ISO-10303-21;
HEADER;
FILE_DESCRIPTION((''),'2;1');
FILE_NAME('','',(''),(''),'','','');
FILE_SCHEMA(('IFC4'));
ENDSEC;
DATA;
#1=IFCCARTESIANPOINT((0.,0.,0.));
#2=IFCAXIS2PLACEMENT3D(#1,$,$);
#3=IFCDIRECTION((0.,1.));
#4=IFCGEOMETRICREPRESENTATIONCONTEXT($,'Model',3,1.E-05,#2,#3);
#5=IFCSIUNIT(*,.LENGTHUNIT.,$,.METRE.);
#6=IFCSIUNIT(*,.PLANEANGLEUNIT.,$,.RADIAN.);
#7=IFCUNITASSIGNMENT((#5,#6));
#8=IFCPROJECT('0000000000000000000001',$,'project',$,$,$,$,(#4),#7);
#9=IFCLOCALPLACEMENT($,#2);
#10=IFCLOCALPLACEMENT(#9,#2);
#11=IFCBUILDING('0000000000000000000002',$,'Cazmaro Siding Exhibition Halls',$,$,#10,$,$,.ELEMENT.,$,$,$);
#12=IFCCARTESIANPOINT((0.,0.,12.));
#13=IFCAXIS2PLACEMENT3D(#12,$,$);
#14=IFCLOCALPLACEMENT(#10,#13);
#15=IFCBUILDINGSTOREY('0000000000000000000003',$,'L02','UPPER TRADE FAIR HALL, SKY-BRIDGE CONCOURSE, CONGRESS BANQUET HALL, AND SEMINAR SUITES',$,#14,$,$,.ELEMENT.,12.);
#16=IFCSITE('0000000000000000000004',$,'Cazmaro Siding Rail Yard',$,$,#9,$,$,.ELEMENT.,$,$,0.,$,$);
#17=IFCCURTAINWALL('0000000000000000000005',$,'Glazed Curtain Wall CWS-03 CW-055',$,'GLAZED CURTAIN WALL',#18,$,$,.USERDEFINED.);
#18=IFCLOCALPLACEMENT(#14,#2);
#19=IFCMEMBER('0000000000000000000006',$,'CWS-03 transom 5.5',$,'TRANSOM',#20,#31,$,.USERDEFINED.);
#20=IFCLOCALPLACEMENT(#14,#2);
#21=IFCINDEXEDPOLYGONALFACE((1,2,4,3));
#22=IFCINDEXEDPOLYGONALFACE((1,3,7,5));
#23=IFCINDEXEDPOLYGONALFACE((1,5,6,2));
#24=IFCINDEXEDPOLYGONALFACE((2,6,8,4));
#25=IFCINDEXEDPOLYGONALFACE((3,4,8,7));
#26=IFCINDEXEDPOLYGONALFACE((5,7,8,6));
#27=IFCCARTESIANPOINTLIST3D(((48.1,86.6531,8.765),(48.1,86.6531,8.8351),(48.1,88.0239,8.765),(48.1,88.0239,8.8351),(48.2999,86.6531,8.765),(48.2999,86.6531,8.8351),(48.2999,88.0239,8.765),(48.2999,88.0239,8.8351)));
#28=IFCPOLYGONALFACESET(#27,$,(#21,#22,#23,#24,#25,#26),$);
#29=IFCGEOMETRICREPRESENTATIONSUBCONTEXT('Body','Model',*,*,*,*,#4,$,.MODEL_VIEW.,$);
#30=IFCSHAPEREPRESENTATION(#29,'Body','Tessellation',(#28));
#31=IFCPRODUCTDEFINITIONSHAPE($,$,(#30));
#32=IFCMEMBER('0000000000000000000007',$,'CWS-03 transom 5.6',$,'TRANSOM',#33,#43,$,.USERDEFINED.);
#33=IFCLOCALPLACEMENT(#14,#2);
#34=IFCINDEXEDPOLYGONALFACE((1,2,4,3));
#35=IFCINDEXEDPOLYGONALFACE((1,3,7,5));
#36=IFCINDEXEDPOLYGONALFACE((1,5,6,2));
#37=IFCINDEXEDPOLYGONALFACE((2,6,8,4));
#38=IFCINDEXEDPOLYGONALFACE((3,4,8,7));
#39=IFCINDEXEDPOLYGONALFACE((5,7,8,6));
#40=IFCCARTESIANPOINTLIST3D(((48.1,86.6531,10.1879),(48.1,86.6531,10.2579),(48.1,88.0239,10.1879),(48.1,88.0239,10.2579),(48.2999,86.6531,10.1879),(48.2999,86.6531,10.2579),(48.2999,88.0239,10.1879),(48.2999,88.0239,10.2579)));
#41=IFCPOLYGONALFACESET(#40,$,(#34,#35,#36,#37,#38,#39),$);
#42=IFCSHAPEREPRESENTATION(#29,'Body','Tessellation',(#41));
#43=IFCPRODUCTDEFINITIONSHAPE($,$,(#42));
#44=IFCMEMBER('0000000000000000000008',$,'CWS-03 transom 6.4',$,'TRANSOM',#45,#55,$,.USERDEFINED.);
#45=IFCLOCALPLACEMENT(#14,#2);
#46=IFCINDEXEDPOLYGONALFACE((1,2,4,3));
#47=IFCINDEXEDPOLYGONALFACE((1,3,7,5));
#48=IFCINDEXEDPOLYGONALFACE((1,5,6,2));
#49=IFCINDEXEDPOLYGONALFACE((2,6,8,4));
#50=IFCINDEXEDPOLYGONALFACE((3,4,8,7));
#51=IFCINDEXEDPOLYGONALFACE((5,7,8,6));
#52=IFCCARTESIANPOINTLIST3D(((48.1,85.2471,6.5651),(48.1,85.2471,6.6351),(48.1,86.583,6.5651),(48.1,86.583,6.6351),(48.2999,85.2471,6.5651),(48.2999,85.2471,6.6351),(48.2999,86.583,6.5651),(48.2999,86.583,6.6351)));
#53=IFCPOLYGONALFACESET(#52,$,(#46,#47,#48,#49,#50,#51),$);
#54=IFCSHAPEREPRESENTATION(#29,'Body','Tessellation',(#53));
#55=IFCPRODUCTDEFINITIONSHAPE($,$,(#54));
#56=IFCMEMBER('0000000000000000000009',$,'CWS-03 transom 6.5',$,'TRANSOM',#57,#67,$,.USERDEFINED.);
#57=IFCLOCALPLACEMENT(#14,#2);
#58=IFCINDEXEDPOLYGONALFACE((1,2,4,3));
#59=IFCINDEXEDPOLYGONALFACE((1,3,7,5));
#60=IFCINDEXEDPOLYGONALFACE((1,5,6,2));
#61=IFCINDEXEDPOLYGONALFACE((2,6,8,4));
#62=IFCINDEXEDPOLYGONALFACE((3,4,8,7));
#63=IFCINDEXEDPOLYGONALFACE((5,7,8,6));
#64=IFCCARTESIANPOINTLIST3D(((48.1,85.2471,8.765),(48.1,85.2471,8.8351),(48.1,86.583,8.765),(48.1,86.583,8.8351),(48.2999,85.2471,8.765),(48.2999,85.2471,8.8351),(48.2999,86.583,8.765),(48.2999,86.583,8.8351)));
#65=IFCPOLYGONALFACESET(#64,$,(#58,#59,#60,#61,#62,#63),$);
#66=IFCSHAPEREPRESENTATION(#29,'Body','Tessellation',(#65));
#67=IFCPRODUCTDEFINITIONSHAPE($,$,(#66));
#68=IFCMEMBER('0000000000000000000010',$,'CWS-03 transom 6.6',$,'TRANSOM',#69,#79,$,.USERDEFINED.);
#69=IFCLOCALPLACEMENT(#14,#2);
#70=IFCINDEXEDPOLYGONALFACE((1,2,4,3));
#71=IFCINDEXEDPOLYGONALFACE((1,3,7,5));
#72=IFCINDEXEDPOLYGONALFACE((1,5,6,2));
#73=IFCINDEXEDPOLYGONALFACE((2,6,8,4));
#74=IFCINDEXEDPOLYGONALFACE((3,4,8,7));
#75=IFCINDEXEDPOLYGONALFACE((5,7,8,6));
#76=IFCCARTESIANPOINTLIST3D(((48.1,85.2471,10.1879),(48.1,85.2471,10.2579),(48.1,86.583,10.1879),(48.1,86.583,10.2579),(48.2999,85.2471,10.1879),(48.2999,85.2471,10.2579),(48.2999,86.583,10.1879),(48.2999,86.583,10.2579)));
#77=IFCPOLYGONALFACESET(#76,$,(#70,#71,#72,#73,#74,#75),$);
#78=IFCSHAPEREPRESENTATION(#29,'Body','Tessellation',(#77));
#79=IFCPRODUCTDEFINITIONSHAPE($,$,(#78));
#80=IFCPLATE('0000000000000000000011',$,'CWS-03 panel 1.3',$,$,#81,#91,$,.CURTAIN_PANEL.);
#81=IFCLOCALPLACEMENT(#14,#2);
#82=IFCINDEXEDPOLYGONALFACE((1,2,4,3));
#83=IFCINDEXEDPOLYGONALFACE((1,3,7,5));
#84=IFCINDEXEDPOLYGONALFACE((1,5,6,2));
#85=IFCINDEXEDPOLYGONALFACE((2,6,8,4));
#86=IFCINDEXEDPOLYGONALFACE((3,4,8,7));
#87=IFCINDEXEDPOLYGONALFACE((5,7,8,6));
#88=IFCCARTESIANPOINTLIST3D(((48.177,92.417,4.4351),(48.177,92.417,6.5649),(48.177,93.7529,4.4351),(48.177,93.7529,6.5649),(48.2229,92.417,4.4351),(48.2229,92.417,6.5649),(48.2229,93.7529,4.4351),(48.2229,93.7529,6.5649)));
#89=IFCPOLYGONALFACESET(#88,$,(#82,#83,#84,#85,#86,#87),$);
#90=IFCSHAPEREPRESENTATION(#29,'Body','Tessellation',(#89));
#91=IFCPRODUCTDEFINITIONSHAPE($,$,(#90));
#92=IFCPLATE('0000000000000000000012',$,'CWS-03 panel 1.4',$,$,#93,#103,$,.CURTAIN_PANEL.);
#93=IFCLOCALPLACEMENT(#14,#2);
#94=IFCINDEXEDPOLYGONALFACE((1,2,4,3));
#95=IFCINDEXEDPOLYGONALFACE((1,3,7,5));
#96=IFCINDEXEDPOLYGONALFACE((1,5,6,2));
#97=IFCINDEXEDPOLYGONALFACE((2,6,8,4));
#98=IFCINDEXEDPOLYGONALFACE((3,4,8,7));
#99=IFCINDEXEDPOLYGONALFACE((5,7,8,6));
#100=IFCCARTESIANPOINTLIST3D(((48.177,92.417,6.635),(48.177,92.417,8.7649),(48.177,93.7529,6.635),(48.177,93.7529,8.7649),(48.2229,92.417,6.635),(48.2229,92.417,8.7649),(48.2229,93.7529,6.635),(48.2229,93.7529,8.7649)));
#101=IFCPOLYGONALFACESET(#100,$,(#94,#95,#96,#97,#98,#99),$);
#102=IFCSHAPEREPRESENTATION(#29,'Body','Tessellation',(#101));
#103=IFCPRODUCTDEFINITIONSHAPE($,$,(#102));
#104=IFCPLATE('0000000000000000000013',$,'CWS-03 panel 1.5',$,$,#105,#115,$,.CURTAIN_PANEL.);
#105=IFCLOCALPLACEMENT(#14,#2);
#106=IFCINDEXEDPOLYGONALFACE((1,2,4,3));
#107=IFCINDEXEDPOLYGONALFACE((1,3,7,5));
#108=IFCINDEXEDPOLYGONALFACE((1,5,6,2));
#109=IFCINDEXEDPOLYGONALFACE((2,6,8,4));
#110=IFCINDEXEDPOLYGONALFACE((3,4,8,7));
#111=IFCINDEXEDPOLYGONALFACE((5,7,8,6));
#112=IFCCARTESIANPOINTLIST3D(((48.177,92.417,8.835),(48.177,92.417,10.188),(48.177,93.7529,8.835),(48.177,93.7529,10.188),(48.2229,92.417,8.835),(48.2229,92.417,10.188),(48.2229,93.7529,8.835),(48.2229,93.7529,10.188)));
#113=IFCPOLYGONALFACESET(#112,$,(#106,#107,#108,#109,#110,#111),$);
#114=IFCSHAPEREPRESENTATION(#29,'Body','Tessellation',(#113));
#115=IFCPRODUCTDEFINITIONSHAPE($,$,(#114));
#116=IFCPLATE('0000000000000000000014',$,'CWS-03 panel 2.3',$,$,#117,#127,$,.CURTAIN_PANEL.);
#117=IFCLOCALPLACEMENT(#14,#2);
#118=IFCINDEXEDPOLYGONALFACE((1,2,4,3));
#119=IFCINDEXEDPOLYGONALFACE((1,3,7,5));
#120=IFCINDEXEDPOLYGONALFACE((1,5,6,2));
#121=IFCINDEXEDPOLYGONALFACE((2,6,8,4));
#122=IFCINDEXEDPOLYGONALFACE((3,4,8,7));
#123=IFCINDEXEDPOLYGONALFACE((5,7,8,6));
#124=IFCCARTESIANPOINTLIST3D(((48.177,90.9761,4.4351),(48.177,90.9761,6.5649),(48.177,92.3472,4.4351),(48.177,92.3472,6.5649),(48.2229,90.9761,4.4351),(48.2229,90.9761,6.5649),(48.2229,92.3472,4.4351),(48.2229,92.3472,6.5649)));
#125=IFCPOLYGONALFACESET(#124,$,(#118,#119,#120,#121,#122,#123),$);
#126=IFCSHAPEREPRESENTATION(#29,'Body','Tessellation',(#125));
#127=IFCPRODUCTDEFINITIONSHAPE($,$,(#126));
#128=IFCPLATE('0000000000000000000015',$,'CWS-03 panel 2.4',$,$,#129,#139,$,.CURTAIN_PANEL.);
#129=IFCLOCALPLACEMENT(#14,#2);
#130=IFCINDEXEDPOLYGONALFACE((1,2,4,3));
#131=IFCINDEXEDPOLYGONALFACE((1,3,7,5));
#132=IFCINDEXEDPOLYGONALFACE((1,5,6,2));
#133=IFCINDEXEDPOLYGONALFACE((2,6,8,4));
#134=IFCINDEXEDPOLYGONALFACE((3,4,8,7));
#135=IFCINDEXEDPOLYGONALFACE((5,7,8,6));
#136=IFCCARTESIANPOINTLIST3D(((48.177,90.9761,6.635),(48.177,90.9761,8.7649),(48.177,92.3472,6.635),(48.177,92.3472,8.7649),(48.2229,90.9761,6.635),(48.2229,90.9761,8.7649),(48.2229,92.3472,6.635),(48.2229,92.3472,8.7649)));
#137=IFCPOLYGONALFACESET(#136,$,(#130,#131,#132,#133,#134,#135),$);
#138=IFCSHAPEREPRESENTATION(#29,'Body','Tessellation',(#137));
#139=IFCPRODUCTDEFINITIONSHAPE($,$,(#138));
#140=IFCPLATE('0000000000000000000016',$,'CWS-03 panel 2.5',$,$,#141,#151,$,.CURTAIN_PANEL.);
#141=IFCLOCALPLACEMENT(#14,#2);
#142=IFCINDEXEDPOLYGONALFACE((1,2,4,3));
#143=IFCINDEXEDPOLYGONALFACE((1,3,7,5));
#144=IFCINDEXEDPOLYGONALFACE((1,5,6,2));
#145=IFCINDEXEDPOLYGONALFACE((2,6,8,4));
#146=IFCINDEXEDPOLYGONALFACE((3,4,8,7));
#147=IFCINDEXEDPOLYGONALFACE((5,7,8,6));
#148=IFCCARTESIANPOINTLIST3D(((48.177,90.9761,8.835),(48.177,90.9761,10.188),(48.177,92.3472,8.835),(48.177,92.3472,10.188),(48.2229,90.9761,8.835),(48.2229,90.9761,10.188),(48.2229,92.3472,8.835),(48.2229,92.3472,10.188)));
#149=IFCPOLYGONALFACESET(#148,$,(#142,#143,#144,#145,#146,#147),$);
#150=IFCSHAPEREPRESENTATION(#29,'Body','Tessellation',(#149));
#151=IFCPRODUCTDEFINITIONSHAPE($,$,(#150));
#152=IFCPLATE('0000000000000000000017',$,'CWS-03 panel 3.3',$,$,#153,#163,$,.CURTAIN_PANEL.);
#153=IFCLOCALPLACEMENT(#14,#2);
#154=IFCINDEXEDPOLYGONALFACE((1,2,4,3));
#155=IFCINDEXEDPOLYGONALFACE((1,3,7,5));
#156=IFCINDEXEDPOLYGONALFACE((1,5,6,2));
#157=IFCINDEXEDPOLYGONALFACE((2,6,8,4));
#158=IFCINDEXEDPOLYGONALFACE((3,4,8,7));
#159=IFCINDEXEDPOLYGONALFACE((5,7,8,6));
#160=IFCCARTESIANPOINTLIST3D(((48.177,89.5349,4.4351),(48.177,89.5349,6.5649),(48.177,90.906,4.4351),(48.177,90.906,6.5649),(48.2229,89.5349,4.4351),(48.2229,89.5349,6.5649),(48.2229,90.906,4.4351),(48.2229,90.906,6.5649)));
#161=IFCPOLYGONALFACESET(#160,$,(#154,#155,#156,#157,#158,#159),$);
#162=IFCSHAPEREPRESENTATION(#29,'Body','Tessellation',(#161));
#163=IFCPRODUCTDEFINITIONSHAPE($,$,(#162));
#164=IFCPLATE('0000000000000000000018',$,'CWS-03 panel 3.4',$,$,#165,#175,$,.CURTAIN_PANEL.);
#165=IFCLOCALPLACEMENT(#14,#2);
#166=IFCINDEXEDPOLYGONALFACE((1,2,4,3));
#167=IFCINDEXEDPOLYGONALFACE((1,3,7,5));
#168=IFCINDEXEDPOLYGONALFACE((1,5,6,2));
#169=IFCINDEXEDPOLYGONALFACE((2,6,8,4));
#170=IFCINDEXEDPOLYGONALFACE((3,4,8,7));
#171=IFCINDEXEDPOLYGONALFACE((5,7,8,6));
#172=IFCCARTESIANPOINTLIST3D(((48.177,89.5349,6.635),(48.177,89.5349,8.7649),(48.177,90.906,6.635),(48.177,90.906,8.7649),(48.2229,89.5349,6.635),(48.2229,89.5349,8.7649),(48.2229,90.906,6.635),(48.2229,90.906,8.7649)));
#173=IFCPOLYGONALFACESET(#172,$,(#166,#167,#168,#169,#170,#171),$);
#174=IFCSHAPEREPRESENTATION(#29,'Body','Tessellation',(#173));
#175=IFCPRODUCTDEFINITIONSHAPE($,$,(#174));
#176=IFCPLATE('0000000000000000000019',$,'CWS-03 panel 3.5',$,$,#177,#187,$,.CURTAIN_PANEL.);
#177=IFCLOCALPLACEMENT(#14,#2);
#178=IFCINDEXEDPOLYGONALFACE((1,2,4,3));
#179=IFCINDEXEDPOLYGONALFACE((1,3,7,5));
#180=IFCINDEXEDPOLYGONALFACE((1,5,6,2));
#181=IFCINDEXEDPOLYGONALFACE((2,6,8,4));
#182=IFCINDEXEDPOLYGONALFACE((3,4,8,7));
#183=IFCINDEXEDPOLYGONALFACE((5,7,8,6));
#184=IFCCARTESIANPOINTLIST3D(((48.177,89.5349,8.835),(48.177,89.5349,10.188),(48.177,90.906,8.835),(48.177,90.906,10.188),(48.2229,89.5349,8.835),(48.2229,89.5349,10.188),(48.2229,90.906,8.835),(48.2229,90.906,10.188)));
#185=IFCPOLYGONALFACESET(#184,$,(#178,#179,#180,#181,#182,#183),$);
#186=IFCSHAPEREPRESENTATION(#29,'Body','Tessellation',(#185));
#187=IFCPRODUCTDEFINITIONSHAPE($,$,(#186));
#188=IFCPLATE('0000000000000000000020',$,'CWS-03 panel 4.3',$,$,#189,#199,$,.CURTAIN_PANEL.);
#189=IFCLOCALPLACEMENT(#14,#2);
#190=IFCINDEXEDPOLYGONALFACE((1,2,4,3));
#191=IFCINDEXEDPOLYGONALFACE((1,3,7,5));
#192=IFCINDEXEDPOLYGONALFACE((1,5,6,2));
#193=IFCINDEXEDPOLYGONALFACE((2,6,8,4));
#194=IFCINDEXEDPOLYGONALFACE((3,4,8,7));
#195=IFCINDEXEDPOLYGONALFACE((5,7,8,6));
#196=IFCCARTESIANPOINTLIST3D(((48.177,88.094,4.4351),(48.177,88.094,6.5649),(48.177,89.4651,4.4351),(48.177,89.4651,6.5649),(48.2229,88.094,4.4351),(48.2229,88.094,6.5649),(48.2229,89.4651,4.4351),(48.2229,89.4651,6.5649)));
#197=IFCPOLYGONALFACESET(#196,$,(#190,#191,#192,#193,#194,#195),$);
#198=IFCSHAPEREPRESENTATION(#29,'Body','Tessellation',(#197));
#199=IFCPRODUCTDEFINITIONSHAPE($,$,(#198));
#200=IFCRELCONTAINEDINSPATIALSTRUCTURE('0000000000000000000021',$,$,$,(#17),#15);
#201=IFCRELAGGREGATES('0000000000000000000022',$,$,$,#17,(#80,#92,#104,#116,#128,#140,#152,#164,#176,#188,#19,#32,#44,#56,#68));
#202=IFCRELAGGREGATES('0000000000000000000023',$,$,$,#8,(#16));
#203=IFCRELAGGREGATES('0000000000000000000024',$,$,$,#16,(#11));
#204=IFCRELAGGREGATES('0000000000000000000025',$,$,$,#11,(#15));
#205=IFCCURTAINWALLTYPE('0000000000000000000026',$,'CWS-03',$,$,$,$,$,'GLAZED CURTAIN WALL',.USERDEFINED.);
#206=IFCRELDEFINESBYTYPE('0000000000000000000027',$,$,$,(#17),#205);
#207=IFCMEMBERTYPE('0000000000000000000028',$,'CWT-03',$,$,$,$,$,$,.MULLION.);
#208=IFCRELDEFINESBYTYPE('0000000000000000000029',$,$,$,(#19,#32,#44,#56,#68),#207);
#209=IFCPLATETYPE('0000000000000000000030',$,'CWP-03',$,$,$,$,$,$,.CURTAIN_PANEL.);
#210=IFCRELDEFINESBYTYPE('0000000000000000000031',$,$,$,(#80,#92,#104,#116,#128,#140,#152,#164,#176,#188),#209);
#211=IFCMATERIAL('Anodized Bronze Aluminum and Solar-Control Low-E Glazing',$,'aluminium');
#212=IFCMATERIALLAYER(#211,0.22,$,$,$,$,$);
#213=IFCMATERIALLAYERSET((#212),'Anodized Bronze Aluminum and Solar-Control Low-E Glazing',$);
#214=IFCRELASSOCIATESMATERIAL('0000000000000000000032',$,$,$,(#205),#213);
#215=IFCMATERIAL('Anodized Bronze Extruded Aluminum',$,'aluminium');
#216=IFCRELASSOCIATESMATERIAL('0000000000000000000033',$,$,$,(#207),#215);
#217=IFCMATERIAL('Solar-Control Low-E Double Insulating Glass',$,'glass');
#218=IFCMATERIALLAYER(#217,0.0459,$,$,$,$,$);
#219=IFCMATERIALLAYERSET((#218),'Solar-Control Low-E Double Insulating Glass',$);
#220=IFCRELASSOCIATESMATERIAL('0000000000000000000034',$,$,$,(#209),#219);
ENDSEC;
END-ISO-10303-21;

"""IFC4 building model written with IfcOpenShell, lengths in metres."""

from ifc_helpers import new_model, si_unit, direction, frame, origin, origin_2d, place, context, subcontext, project, spatial, rectangle, extrude, material, layer, layer_set, material_profile, profile_set, type_object, element, aggregate, save


model = new_model("IFC4")

# Units and contexts
model_context = context("Model", 3, precision=1e-05, world=origin(), true_north=direction((0.0, 1.0)))
body_context = subcontext(model_context, "Body", "Model", "MODEL_VIEW")
ifc_project = project(units=[si_unit("LENGTHUNIT", "METRE"), si_unit("PLANEANGLEUNIT", "RADIAN")], contexts=[model_context])

# Site, building, storey
site_placement = place(None, origin())
site = spatial("IfcSite", under=ifc_project, at=site_placement, Name="Cazmaro Siding Rail Yard", CompositionType="ELEMENT", RefElevation=0.0)
building_placement = place(site_placement, origin())
building = spatial("IfcBuilding", under=site, at=building_placement, Name="Cazmaro Siding Exhibition Halls", CompositionType="ELEMENT")
storey_placement = place(building_placement, frame((0.0, 0.0, 12.0)))
storey = spatial("IfcBuildingStorey", under=building, at=storey_placement, Name="L02", Description="UPPER TRADE FAIR HALL, SKY-BRIDGE CONCOURSE, CONGRESS BANQUET HALL, AND SEMINAR SUITES", CompositionType="ELEMENT", Elevation=12.0)

# Shared definitions
ifc_material_1 = material(Name="Anodized Bronze Aluminum and Solar-Control Low-E Glazing", Category="aluminium")
ifc_layer_1 = layer(ifc_material_1, 0.22)
ifc_layer_set_1 = layer_set([ifc_layer_1], Name="Anodized Bronze Aluminum and Solar-Control Low-E Glazing")
curtain_wall_type = type_object("IfcCurtainWallType", Name="CWS-03", ElementType="GLAZED CURTAIN WALL", PredefinedType="USERDEFINED", material=ifc_layer_set_1)
ifc_material_2 = material(Name="Anodized Bronze Extruded Aluminum", Category="aluminium")
ifc_material_profile = material_profile(ifc_material_2, rectangle(XDim=0.2, YDim=0.0701, at=origin_2d()), Name="CWT-03")
ifc_profile_set = profile_set([ifc_material_profile], Name="Anodized Bronze Extruded Aluminum")
member_type = type_object("IfcMemberType", Name="CWT-03", PredefinedType="MULLION", material=ifc_profile_set)

# Curtain wall, members, plates
curtain_wall_1_placement = place(storey_placement, origin())
curtain_wall_1 = element("IfcCurtainWall", 1, at=curtain_wall_1_placement, inside=storey, type_object=curtain_wall_type, Name="Glazed Curtain Wall CWS-03 CW-055", ObjectType="GLAZED CURTAIN WALL", PredefinedType="USERDEFINED")
member_1_placement = place(storey_placement, frame((48.2, 88.0239, 8.8), z_axis=(0.0, -1.0, 0.0), x_axis=(1.0, 0.0, 0.0)))
member_1 = element("IfcMember", 2, at=member_1_placement, type_object=member_type, Name="CWS-03 transom 5.5", ObjectType="TRANSOM", PredefinedType="USERDEFINED", context=body_context, shape_type="SweptSolid", body=[
    extrude(rectangle(XDim=0.2, YDim=0.0701, at=origin_2d()), origin(), (0.0, 0.0, 1.0), 1.3708),
])
member_2_placement = place(storey_placement, frame((48.2, 88.0239, 10.2229), z_axis=(0.0, -1.0, 0.0), x_axis=(1.0, 0.0, 0.0)))
member_2 = element("IfcMember", 3, at=member_2_placement, type_object=member_type, Name="CWS-03 transom 5.6", ObjectType="TRANSOM", PredefinedType="USERDEFINED", context=body_context, shape_type="SweptSolid", body=[
    extrude(rectangle(XDim=0.2, YDim=0.0701, at=origin_2d()), origin(), (0.0, 0.0, 1.0), 1.3708),
])
member_3_placement = place(storey_placement, frame((48.2, 86.583, 6.6001), z_axis=(0.0, -1.0, 0.0), x_axis=(1.0, 0.0, 0.0)))
member_3 = element("IfcMember", 4, at=member_3_placement, type_object=member_type, Name="CWS-03 transom 6.4", ObjectType="TRANSOM", PredefinedType="USERDEFINED", context=body_context, shape_type="SweptSolid", body=[
    extrude(rectangle(XDim=0.2, YDim=0.0701, at=origin_2d()), origin(), (0.0, 0.0, 1.0), 1.3359),
])
member_4_placement = place(storey_placement, frame((48.2, 86.583, 8.8), z_axis=(0.0, -1.0, 0.0), x_axis=(1.0, 0.0, 0.0)))
member_4 = element("IfcMember", 5, at=member_4_placement, type_object=member_type, Name="CWS-03 transom 6.5", ObjectType="TRANSOM", PredefinedType="USERDEFINED", context=body_context, shape_type="SweptSolid", body=[
    extrude(rectangle(XDim=0.2, YDim=0.0701, at=origin_2d()), origin(), (0.0, 0.0, 1.0), 1.3359),
])
member_5_placement = place(storey_placement, frame((48.2, 86.583, 10.2229), z_axis=(0.0, -1.0, 0.0), x_axis=(1.0, 0.0, 0.0)))
member_5 = element("IfcMember", 6, at=member_5_placement, type_object=member_type, Name="CWS-03 transom 6.6", ObjectType="TRANSOM", PredefinedType="USERDEFINED", context=body_context, shape_type="SweptSolid", body=[
    extrude(rectangle(XDim=0.2, YDim=0.0701, at=origin_2d()), origin(), (0.0, 0.0, 1.0), 1.3359),
])
ifc_material_3 = material(Name="Solar-Control Low-E Double Insulating Glass", Category="glass")
ifc_layer_2 = layer(ifc_material_3, 0.0459)
ifc_layer_set_2 = layer_set([ifc_layer_2], Name="Solar-Control Low-E Double Insulating Glass")
plate_type = type_object("IfcPlateType", Name="CWP-03", PredefinedType="CURTAIN_PANEL", material=ifc_layer_set_2)
plate_1_placement = place(storey_placement, frame((48.2, 93.085, 4.4351), z_axis=(0.0, 0.0, 1.0), x_axis=(0.0, -1.0, 0.0)))
plate_1 = element("IfcPlate", 7, at=plate_1_placement, type_object=plate_type, Name="CWS-03 panel 1.3", PredefinedType="CURTAIN_PANEL", context=body_context, shape_type="SweptSolid", body=[
    extrude(rectangle(XDim=1.3359, YDim=0.0459, at=origin_2d()), origin(), (0.0, 0.0, 1.0), 2.1299),
])
plate_2_placement = place(storey_placement, frame((48.2, 93.085, 6.635), z_axis=(0.0, 0.0, 1.0), x_axis=(0.0, -1.0, 0.0)))
plate_2 = element("IfcPlate", 8, at=plate_2_placement, type_object=plate_type, Name="CWS-03 panel 1.4", PredefinedType="CURTAIN_PANEL", context=body_context, shape_type="SweptSolid", body=[
    extrude(rectangle(XDim=1.3359, YDim=0.0459, at=origin_2d()), origin(), (0.0, 0.0, 1.0), 2.1299),
])
plate_3_placement = place(storey_placement, frame((48.2, 93.085, 8.835), z_axis=(0.0, 0.0, 1.0), x_axis=(0.0, -1.0, 0.0)))
plate_3 = element("IfcPlate", 9, at=plate_3_placement, type_object=plate_type, Name="CWS-03 panel 1.5", PredefinedType="CURTAIN_PANEL", context=body_context, shape_type="SweptSolid", body=[
    extrude(rectangle(XDim=1.3359, YDim=0.0459, at=origin_2d()), origin(), (0.0, 0.0, 1.0), 1.353),
])
plate_4_placement = place(storey_placement, frame((48.2, 91.6616, 4.4351), z_axis=(0.0, 0.0, 1.0), x_axis=(0.0, -1.0, 0.0)))
plate_4 = element("IfcPlate", 10, at=plate_4_placement, type_object=plate_type, Name="CWS-03 panel 2.3", PredefinedType="CURTAIN_PANEL", context=body_context, shape_type="SweptSolid", body=[
    extrude(rectangle(XDim=1.3711, YDim=0.0459, at=origin_2d()), origin(), (0.0, 0.0, 1.0), 2.1299),
])
plate_5_placement = place(storey_placement, frame((48.2, 91.6616, 6.635), z_axis=(0.0, 0.0, 1.0), x_axis=(0.0, -1.0, 0.0)))
plate_5 = element("IfcPlate", 11, at=plate_5_placement, type_object=plate_type, Name="CWS-03 panel 2.4", PredefinedType="CURTAIN_PANEL", context=body_context, shape_type="SweptSolid", body=[
    extrude(rectangle(XDim=1.3711, YDim=0.0459, at=origin_2d()), origin(), (0.0, 0.0, 1.0), 2.1299),
])
plate_6_placement = place(storey_placement, frame((48.2, 91.6616, 8.835), z_axis=(0.0, 0.0, 1.0), x_axis=(0.0, -1.0, 0.0)))
plate_6 = element("IfcPlate", 12, at=plate_6_placement, type_object=plate_type, Name="CWS-03 panel 2.5", PredefinedType="CURTAIN_PANEL", context=body_context, shape_type="SweptSolid", body=[
    extrude(rectangle(XDim=1.3711, YDim=0.0459, at=origin_2d()), origin(), (0.0, 0.0, 1.0), 1.353),
])
plate_7_placement = place(storey_placement, frame((48.2, 90.2205, 4.4351), z_axis=(0.0, 0.0, 1.0), x_axis=(0.0, -1.0, 0.0)))
plate_7 = element("IfcPlate", 13, at=plate_7_placement, type_object=plate_type, Name="CWS-03 panel 3.3", PredefinedType="CURTAIN_PANEL", context=body_context, shape_type="SweptSolid", body=[
    extrude(rectangle(XDim=1.3711, YDim=0.0459, at=origin_2d()), origin(), (0.0, 0.0, 1.0), 2.1299),
])
plate_8_placement = place(storey_placement, frame((48.2, 90.2205, 6.635), z_axis=(0.0, 0.0, 1.0), x_axis=(0.0, -1.0, 0.0)))
plate_8 = element("IfcPlate", 14, at=plate_8_placement, type_object=plate_type, Name="CWS-03 panel 3.4", PredefinedType="CURTAIN_PANEL", context=body_context, shape_type="SweptSolid", body=[
    extrude(rectangle(XDim=1.3711, YDim=0.0459, at=origin_2d()), origin(), (0.0, 0.0, 1.0), 2.1299),
])
plate_9_placement = place(storey_placement, frame((48.2, 90.2205, 8.835), z_axis=(0.0, 0.0, 1.0), x_axis=(0.0, -1.0, 0.0)))
plate_9 = element("IfcPlate", 15, at=plate_9_placement, type_object=plate_type, Name="CWS-03 panel 3.5", PredefinedType="CURTAIN_PANEL", context=body_context, shape_type="SweptSolid", body=[
    extrude(rectangle(XDim=1.3711, YDim=0.0459, at=origin_2d()), origin(), (0.0, 0.0, 1.0), 1.353),
])
plate_10_placement = place(storey_placement, frame((48.2, 88.7795, 4.4351), z_axis=(0.0, 0.0, 1.0), x_axis=(0.0, -1.0, 0.0)))
plate_10 = element("IfcPlate", 16, at=plate_10_placement, type_object=plate_type, Name="CWS-03 panel 4.3", PredefinedType="CURTAIN_PANEL", context=body_context, shape_type="SweptSolid", body=[
    extrude(rectangle(XDim=1.3711, YDim=0.0459, at=origin_2d()), origin(), (0.0, 0.0, 1.0), 2.1299),
])
aggregate(curtain_wall_1, [plate_1, plate_2, plate_3, plate_4, plate_5, plate_6, plate_7, plate_8, plate_9, plate_10, member_1, member_2, member_3, member_4, member_5])

save(model, "model.ifc")
